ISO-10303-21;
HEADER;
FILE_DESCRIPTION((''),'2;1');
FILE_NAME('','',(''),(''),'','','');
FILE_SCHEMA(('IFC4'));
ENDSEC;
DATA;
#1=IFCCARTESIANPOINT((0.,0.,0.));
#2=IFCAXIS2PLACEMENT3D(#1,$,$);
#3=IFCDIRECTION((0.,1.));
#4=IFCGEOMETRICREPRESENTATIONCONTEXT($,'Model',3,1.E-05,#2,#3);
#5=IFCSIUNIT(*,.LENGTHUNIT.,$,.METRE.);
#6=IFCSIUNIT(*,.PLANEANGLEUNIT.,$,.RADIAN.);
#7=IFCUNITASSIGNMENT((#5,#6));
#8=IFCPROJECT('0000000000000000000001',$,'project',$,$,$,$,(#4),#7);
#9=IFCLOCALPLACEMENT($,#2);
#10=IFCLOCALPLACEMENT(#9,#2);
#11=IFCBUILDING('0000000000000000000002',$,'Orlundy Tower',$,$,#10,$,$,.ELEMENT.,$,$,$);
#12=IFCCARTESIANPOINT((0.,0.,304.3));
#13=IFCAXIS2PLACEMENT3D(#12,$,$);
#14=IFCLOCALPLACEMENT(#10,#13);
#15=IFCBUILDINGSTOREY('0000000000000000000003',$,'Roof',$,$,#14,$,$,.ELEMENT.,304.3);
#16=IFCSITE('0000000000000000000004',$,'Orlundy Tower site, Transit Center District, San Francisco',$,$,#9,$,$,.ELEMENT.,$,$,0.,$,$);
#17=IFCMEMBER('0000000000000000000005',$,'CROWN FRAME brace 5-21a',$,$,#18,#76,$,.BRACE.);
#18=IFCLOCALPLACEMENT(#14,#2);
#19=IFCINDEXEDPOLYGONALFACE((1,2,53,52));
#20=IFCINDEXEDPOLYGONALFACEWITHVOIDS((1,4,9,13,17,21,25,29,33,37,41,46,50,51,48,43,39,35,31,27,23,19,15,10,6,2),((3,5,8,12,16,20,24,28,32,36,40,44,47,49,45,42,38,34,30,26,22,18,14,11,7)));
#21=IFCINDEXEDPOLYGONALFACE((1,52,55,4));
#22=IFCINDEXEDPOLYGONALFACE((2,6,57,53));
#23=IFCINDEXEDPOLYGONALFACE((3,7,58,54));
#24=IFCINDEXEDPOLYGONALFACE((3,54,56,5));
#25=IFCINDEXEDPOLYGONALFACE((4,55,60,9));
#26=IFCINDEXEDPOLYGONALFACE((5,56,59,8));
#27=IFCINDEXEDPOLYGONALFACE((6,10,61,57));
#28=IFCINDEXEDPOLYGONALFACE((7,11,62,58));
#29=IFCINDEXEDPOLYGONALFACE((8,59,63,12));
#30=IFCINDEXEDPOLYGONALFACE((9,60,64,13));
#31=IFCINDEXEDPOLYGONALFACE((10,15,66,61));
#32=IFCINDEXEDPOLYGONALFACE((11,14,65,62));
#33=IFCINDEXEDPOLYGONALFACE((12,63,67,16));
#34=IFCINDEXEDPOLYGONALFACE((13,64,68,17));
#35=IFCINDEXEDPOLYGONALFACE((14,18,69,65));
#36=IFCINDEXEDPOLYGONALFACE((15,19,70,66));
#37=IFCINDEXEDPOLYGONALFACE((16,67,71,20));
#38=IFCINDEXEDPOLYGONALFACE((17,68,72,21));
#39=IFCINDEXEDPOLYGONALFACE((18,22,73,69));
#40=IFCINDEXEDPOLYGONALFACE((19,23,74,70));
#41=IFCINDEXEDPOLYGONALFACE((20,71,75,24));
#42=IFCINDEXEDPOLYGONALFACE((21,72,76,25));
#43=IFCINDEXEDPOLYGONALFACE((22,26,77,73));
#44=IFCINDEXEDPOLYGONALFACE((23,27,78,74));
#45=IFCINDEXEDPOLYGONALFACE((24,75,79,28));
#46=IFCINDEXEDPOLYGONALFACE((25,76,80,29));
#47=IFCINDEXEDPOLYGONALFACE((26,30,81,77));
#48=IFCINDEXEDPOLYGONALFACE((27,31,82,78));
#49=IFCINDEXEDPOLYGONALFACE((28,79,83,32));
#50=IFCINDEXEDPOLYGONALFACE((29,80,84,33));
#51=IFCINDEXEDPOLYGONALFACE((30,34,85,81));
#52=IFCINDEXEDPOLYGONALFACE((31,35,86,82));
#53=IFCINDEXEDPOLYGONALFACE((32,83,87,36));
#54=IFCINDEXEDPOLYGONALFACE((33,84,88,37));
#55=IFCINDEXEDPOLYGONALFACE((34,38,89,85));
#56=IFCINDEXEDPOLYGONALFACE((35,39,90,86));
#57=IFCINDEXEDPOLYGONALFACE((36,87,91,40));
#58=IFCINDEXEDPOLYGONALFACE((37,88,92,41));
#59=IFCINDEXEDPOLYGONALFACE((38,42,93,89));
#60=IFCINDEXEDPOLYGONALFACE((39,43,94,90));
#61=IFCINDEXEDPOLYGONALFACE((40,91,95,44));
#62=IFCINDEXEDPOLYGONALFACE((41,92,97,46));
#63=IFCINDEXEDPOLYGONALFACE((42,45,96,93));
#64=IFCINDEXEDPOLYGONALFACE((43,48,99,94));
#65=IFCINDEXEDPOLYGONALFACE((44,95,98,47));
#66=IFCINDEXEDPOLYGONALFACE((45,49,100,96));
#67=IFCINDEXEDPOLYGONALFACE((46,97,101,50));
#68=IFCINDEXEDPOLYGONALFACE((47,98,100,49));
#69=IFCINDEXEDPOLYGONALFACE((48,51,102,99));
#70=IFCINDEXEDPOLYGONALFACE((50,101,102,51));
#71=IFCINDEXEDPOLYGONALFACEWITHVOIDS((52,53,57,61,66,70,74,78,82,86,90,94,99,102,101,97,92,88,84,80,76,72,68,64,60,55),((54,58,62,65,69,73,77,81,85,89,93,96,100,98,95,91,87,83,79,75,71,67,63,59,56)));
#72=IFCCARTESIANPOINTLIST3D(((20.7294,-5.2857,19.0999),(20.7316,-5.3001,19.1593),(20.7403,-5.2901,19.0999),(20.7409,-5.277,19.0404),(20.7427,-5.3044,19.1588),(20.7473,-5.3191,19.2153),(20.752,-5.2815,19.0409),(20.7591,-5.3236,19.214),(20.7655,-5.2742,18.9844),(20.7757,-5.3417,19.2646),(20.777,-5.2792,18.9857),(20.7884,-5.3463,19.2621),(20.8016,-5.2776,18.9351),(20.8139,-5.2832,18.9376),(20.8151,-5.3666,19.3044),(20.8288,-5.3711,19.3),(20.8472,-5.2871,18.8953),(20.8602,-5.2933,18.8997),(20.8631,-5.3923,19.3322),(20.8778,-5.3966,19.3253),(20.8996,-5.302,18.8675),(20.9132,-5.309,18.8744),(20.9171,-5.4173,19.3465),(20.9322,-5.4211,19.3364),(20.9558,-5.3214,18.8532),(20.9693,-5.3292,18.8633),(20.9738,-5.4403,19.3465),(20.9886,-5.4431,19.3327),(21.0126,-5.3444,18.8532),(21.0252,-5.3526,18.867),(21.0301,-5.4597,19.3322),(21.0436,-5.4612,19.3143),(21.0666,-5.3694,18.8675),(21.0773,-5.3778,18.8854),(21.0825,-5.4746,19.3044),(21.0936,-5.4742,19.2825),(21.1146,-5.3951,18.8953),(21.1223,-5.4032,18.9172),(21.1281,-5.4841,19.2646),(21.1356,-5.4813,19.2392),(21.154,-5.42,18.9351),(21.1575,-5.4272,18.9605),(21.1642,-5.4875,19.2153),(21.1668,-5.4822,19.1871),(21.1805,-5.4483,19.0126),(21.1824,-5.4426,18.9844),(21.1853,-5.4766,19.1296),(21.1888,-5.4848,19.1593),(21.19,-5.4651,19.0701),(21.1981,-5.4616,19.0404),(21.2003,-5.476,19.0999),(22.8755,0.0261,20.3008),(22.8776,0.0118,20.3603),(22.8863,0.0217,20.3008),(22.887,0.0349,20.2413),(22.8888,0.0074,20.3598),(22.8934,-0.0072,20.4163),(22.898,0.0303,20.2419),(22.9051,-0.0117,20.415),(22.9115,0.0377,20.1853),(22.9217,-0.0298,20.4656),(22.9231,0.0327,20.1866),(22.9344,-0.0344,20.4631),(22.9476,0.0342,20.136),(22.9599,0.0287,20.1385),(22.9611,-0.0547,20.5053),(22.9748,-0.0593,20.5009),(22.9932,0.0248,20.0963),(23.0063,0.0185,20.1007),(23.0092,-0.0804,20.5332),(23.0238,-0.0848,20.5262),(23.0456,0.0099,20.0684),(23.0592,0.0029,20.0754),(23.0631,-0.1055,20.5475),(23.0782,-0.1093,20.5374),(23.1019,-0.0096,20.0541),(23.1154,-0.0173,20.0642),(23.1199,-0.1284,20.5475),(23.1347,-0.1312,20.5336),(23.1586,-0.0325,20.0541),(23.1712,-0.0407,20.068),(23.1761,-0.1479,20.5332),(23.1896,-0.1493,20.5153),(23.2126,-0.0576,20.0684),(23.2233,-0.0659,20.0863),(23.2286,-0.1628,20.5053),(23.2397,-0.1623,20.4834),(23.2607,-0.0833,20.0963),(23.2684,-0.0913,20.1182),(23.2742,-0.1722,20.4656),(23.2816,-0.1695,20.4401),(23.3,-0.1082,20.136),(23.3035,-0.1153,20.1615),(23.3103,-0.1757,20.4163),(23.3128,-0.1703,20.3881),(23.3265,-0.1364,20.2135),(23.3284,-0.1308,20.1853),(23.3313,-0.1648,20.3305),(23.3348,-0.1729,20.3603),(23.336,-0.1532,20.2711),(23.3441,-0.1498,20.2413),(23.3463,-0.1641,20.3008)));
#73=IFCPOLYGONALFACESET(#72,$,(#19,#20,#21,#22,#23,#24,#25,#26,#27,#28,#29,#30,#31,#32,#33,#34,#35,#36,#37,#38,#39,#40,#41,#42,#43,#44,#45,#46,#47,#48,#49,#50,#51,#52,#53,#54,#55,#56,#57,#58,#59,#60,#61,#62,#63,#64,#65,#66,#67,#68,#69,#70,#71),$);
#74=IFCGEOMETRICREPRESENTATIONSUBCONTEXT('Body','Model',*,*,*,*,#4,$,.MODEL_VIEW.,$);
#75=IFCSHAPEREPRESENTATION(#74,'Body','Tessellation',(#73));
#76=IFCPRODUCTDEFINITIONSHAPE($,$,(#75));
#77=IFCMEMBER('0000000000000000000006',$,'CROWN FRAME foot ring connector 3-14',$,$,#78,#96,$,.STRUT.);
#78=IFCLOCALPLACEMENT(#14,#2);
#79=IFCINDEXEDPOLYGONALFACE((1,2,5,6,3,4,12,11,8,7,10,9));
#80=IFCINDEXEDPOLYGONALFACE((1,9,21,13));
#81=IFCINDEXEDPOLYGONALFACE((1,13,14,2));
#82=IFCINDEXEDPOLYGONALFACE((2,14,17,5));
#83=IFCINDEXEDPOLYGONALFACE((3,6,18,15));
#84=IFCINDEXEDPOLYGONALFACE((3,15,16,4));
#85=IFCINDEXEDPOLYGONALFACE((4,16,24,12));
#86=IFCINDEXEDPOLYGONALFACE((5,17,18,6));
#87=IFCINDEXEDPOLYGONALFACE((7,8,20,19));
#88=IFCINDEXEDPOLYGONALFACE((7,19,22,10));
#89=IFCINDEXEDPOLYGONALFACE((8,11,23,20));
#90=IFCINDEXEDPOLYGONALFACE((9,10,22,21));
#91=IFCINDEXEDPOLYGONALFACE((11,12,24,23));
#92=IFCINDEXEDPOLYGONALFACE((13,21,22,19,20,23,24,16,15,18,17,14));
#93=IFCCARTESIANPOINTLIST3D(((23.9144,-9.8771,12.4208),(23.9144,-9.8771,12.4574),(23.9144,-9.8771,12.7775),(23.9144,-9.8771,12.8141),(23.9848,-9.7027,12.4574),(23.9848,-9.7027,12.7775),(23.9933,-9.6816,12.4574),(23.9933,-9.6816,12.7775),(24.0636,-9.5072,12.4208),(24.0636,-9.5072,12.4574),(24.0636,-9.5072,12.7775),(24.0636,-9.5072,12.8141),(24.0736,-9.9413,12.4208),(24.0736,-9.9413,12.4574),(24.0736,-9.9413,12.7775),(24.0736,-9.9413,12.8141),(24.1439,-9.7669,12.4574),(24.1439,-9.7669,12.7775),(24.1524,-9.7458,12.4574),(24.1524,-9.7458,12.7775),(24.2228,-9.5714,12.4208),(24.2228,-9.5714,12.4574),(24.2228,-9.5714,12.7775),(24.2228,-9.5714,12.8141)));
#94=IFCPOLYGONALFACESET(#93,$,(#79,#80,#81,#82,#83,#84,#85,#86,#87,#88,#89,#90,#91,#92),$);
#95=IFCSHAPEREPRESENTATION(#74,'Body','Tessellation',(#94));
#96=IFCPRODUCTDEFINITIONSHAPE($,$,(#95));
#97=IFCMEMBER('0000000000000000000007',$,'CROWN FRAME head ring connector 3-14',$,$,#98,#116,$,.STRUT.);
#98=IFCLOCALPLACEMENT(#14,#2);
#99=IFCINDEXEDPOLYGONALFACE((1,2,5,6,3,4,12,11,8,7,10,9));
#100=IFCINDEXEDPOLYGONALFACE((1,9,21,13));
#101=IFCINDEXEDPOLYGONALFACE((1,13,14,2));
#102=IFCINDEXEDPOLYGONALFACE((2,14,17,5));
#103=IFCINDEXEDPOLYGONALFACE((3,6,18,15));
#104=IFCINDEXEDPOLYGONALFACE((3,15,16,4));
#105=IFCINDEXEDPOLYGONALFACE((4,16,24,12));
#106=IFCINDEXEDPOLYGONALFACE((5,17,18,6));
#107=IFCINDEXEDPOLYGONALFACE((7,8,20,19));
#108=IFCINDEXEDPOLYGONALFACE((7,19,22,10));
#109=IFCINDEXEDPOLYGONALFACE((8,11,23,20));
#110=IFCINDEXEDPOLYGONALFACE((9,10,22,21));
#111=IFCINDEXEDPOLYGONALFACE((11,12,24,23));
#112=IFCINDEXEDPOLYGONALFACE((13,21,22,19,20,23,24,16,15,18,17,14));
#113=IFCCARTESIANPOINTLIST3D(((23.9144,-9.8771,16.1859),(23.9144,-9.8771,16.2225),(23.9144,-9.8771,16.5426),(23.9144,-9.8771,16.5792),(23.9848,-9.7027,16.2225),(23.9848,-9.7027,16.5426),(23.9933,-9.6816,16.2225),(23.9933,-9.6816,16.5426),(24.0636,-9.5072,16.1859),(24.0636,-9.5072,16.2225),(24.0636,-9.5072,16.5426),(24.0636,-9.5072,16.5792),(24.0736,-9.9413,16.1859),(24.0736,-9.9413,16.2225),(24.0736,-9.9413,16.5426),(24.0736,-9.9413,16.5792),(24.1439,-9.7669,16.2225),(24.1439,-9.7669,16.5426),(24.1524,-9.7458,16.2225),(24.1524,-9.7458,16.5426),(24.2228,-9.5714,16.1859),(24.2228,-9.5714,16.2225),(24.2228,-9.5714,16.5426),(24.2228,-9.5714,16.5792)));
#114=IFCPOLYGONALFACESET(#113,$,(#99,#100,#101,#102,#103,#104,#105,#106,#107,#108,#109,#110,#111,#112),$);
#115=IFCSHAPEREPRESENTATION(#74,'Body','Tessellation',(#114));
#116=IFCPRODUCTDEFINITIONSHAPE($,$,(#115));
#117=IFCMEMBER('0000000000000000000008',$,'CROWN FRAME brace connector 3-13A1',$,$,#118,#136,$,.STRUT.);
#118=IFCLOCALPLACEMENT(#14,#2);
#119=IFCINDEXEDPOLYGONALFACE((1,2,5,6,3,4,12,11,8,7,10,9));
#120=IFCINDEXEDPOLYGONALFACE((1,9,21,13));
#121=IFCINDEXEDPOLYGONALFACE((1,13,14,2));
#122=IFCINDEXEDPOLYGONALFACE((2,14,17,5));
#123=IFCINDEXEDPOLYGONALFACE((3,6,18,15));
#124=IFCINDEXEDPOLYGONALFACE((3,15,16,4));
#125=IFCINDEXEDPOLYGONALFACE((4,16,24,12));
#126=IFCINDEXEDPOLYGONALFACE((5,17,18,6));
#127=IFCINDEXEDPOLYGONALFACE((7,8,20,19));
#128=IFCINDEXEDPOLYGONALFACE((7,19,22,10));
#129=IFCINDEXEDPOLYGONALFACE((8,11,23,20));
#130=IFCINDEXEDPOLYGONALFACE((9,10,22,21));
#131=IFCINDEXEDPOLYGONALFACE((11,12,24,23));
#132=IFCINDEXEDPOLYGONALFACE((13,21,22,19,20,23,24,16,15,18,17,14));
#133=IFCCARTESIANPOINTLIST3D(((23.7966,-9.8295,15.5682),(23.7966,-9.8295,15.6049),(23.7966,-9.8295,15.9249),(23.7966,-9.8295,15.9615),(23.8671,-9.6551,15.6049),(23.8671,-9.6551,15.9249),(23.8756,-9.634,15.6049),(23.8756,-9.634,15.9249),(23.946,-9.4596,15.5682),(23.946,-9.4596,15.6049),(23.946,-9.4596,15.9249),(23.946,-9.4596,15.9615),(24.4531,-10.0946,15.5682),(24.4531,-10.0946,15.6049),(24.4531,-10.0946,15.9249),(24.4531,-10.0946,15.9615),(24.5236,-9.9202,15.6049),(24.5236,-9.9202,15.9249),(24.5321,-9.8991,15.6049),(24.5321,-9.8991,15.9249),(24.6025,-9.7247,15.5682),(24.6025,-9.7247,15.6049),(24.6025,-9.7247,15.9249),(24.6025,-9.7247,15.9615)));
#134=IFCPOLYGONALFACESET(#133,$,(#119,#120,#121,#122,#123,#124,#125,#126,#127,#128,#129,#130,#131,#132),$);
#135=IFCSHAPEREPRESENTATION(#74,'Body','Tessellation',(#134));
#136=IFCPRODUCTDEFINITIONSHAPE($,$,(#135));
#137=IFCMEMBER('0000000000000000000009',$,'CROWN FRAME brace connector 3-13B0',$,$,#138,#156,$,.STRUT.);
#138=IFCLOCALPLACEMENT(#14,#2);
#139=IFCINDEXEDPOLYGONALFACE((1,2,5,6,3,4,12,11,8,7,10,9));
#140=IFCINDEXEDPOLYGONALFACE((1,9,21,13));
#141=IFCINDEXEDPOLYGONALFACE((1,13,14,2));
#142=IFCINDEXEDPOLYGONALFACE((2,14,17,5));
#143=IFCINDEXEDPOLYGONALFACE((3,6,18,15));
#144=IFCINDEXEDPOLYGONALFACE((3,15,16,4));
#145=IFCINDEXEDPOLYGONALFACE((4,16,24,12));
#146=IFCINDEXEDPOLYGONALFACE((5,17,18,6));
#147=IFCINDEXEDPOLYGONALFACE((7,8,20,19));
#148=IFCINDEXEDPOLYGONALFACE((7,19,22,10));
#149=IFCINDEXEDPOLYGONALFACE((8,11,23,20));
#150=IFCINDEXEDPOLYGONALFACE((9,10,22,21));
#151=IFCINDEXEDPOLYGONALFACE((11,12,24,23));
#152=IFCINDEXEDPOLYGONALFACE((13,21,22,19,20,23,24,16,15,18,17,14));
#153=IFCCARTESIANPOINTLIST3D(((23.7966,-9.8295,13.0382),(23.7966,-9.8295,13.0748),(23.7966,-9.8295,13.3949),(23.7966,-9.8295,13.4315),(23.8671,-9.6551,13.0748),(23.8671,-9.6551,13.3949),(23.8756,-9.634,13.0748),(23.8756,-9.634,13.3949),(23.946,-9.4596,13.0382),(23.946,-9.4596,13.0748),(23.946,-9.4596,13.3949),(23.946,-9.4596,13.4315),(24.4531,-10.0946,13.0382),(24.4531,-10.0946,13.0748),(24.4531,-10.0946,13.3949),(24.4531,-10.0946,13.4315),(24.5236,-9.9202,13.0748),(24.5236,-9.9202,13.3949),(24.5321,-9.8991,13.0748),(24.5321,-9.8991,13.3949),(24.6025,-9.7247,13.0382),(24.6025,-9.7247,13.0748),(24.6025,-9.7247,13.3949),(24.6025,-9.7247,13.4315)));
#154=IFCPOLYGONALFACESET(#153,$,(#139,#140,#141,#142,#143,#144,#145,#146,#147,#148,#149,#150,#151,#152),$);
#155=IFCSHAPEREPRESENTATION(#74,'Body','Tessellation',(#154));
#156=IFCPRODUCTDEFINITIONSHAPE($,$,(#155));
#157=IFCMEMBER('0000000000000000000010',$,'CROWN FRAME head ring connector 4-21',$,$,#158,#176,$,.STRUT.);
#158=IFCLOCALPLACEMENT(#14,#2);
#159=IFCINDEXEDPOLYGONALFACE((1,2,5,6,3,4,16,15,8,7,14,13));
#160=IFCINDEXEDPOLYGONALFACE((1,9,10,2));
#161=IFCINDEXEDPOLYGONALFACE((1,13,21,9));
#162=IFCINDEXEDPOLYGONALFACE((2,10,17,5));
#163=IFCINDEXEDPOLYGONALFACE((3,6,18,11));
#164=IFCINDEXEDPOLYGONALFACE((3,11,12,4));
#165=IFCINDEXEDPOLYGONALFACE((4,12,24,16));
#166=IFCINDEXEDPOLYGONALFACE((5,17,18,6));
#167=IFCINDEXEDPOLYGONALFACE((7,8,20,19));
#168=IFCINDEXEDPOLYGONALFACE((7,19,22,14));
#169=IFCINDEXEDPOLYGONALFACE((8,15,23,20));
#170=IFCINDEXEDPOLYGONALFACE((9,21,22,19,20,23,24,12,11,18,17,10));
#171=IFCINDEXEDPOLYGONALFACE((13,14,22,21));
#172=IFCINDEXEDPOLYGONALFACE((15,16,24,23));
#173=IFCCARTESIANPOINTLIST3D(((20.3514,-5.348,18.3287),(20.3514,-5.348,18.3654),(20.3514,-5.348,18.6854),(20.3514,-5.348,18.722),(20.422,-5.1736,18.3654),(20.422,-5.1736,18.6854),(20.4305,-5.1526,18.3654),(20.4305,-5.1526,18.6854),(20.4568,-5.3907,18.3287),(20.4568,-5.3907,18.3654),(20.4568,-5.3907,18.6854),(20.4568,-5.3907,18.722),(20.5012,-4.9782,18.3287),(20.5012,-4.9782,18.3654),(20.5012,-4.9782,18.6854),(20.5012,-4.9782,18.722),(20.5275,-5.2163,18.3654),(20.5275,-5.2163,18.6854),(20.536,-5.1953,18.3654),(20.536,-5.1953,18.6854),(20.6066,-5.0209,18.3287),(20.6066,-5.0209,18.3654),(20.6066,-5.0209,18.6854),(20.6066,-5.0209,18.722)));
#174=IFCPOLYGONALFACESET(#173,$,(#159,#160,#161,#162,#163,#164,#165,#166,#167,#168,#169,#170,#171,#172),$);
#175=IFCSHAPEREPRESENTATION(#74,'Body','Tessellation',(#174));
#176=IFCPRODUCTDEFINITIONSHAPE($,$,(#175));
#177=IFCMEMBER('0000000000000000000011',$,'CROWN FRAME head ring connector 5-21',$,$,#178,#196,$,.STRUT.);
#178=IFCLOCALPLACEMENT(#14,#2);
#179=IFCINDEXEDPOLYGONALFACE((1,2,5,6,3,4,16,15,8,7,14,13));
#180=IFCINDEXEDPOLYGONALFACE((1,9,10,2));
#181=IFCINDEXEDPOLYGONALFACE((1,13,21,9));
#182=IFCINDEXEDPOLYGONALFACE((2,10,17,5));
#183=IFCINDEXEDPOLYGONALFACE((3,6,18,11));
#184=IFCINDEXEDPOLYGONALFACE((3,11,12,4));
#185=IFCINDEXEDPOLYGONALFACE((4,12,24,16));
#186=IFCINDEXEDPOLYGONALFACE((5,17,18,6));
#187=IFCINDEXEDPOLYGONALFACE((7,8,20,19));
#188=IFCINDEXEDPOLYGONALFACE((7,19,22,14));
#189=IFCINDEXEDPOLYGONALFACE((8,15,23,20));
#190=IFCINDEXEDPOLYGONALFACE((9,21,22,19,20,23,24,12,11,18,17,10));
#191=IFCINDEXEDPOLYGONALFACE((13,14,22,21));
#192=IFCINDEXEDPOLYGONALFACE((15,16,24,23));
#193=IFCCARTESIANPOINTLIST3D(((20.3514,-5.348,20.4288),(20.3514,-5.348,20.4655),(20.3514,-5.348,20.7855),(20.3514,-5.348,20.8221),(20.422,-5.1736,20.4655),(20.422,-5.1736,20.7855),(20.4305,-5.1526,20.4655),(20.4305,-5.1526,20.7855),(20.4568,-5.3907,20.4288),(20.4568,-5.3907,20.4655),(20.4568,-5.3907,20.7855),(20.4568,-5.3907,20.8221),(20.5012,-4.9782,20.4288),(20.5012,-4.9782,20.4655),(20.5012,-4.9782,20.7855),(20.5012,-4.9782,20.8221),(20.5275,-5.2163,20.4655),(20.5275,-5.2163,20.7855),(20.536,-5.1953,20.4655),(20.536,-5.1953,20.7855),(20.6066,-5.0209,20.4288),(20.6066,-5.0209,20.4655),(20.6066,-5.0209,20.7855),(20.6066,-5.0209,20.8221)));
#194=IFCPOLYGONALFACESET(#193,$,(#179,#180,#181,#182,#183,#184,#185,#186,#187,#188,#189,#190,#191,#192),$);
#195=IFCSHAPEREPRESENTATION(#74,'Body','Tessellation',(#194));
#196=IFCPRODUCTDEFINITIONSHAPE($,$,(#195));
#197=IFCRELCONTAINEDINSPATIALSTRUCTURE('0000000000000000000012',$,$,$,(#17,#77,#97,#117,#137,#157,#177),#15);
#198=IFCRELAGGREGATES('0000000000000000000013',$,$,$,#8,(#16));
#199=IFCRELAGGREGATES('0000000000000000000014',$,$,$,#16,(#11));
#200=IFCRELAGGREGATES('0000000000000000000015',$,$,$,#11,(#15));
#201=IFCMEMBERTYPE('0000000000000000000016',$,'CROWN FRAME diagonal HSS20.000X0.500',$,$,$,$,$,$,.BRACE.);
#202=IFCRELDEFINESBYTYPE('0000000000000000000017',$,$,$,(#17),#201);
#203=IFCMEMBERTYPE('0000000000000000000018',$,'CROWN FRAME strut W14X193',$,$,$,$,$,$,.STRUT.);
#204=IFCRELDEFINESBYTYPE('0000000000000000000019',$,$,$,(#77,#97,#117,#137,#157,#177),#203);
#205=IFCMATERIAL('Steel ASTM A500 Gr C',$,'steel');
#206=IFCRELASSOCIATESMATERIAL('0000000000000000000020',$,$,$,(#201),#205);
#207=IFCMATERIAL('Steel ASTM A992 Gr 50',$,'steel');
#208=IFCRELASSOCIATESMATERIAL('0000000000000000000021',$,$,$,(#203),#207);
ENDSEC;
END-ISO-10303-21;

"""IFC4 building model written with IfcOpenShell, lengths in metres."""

from ifc_helpers import new_model, si_unit, direction, frame, origin, origin_2d, place, context, subcontext, project, spatial, hollow_circle, i_section, extrude, material, material_profile, profile_set, type_object, element, save


model = new_model("IFC4")

# Units and contexts
model_context = context("Model", 3, precision=1e-05, world=origin(), true_north=direction((0.0, 1.0)))
body_context = subcontext(model_context, "Body", "Model", "MODEL_VIEW")
ifc_project = project(units=[si_unit("LENGTHUNIT", "METRE"), si_unit("PLANEANGLEUNIT", "RADIAN")], contexts=[model_context])

# Site, building, storey
site_placement = place(None, origin())
site = spatial("IfcSite", under=ifc_project, at=site_placement, Name="Orlundy Tower site, Transit Center District, San Francisco", CompositionType="ELEMENT", RefElevation=0.0)
building_placement = place(site_placement, origin())
building = spatial("IfcBuilding", under=site, at=building_placement, Name="Orlundy Tower", CompositionType="ELEMENT")
storey_placement = place(building_placement, frame((0.0, 0.0, 304.3)))
storey = spatial("IfcBuildingStorey", under=building, at=storey_placement, Name="Roof", CompositionType="ELEMENT", Elevation=304.3)

# Members
ifc_material_1 = material(Name="Steel ASTM A500 Gr C", Category="steel")
ifc_material_profile_1 = material_profile(ifc_material_1, hollow_circle(Radius=0.2539, WallThickness=0.0117, at=origin_2d()), Name="HSS20.000X0.500")
ifc_profile_set_1 = profile_set([ifc_material_profile_1], Name="Steel ASTM A500 Gr C")
member_type_1 = type_object("IfcMemberType", Name="CROWN FRAME diagonal HSS20.000X0.500", PredefinedType="BRACE", material=ifc_profile_set_1)
for number, where, z_axis, x_axis, name in (
    (1, (20.9648, -5.3809, 19.0999), (0.366623, 0.907466, 0.205167), (-0.92719, 0.374592, 0.0), "CROWN FRAME brace 5-21a"),
):
    element("IfcMember", number, at=place(storey_placement, frame(where, z_axis=z_axis, x_axis=x_axis)), inside=storey, type_object=member_type_1, Name=name, PredefinedType="BRACE", context=body_context, shape_type="SweptSolid", body=[
        extrude(hollow_circle(Radius=0.2539, WallThickness=0.0117, at=origin_2d()), origin(), (0.0, 0.0, 1.0), 5.8535),
    ])
ifc_material_2 = material(Name="Steel ASTM A992 Gr 50", Category="steel")
ifc_material_profile_2 = material_profile(ifc_material_2, i_section(OverallWidth=0.3989, OverallDepth=0.3933, WebThickness=0.0227, FlangeThickness=0.0366, at=origin_2d()), Name="W14X193")
ifc_profile_set_2 = profile_set([ifc_material_profile_2], Name="Steel ASTM A992 Gr 50")
member_type_2 = type_object("IfcMemberType", Name="CROWN FRAME strut W14X193", PredefinedType="STRUT", material=ifc_profile_set_2)
for number, where, z_axis, x_axis, name in (
    (2, (23.989, -9.6921, 12.6174), (0.927394, -0.374087, 0.0), (0.374087, 0.927394, 0.0), "CROWN FRAME foot ring connector 3-14"),
    (3, (23.989, -9.6921, 16.3826), (0.927394, -0.374087, 0.0), (0.374087, 0.927394, 0.0), "CROWN FRAME head ring connector 3-14"),
):
    element("IfcMember", number, at=place(storey_placement, frame(where, z_axis=z_axis, x_axis=x_axis)), inside=storey, type_object=member_type_2, Name=name, PredefinedType="STRUT", context=body_context, shape_type="SweptSolid", body=[
        extrude(i_section(OverallWidth=0.3989, OverallDepth=0.3933, WebThickness=0.0227, FlangeThickness=0.0366, at=origin_2d()), origin(), (0.0, 0.0, 1.0), 0.1716),
    ])
for number, where, z_axis, x_axis, name in (
    (4, (23.8713, -9.6445, 15.7649), (0.927235, -0.37448, 0.0), (0.37448, 0.927235, 0.0), "CROWN FRAME brace connector 3-13A1"),
    (5, (23.8713, -9.6445, 13.2349), (0.927235, -0.37448, 0.0), (0.37448, 0.927235, 0.0), "CROWN FRAME brace connector 3-13B0"),
):
    element("IfcMember", number, at=place(storey_placement, frame(where, z_axis=z_axis, x_axis=x_axis)), inside=storey, type_object=member_type_2, Name=name, PredefinedType="STRUT", context=body_context, shape_type="SweptSolid", body=[
        extrude(i_section(OverallWidth=0.3989, OverallDepth=0.3933, WebThickness=0.0227, FlangeThickness=0.0366, at=origin_2d()), origin(), (0.0, 0.0, 1.0), 0.708),
    ])
for number, where, z_axis, x_axis, name in (
    (6, (20.4263, -5.1631, 18.5254), (0.92684, -0.375456, 0.0), (0.375456, 0.92684, 0.0), "CROWN FRAME head ring connector 4-21"),
    (7, (20.4263, -5.1631, 20.6255), (0.92684, -0.375456, 0.0), (0.375456, 0.92684, 0.0), "CROWN FRAME head ring connector 5-21"),
):
    element("IfcMember", number, at=place(storey_placement, frame(where, z_axis=z_axis, x_axis=x_axis)), inside=storey, type_object=member_type_2, Name=name, PredefinedType="STRUT", context=body_context, shape_type="SweptSolid", body=[
        extrude(i_section(OverallWidth=0.3989, OverallDepth=0.3933, WebThickness=0.0227, FlangeThickness=0.0366, at=origin_2d()), origin(), (0.0, 0.0, 1.0), 0.1138),
    ])

save(model, "model.ifc")
